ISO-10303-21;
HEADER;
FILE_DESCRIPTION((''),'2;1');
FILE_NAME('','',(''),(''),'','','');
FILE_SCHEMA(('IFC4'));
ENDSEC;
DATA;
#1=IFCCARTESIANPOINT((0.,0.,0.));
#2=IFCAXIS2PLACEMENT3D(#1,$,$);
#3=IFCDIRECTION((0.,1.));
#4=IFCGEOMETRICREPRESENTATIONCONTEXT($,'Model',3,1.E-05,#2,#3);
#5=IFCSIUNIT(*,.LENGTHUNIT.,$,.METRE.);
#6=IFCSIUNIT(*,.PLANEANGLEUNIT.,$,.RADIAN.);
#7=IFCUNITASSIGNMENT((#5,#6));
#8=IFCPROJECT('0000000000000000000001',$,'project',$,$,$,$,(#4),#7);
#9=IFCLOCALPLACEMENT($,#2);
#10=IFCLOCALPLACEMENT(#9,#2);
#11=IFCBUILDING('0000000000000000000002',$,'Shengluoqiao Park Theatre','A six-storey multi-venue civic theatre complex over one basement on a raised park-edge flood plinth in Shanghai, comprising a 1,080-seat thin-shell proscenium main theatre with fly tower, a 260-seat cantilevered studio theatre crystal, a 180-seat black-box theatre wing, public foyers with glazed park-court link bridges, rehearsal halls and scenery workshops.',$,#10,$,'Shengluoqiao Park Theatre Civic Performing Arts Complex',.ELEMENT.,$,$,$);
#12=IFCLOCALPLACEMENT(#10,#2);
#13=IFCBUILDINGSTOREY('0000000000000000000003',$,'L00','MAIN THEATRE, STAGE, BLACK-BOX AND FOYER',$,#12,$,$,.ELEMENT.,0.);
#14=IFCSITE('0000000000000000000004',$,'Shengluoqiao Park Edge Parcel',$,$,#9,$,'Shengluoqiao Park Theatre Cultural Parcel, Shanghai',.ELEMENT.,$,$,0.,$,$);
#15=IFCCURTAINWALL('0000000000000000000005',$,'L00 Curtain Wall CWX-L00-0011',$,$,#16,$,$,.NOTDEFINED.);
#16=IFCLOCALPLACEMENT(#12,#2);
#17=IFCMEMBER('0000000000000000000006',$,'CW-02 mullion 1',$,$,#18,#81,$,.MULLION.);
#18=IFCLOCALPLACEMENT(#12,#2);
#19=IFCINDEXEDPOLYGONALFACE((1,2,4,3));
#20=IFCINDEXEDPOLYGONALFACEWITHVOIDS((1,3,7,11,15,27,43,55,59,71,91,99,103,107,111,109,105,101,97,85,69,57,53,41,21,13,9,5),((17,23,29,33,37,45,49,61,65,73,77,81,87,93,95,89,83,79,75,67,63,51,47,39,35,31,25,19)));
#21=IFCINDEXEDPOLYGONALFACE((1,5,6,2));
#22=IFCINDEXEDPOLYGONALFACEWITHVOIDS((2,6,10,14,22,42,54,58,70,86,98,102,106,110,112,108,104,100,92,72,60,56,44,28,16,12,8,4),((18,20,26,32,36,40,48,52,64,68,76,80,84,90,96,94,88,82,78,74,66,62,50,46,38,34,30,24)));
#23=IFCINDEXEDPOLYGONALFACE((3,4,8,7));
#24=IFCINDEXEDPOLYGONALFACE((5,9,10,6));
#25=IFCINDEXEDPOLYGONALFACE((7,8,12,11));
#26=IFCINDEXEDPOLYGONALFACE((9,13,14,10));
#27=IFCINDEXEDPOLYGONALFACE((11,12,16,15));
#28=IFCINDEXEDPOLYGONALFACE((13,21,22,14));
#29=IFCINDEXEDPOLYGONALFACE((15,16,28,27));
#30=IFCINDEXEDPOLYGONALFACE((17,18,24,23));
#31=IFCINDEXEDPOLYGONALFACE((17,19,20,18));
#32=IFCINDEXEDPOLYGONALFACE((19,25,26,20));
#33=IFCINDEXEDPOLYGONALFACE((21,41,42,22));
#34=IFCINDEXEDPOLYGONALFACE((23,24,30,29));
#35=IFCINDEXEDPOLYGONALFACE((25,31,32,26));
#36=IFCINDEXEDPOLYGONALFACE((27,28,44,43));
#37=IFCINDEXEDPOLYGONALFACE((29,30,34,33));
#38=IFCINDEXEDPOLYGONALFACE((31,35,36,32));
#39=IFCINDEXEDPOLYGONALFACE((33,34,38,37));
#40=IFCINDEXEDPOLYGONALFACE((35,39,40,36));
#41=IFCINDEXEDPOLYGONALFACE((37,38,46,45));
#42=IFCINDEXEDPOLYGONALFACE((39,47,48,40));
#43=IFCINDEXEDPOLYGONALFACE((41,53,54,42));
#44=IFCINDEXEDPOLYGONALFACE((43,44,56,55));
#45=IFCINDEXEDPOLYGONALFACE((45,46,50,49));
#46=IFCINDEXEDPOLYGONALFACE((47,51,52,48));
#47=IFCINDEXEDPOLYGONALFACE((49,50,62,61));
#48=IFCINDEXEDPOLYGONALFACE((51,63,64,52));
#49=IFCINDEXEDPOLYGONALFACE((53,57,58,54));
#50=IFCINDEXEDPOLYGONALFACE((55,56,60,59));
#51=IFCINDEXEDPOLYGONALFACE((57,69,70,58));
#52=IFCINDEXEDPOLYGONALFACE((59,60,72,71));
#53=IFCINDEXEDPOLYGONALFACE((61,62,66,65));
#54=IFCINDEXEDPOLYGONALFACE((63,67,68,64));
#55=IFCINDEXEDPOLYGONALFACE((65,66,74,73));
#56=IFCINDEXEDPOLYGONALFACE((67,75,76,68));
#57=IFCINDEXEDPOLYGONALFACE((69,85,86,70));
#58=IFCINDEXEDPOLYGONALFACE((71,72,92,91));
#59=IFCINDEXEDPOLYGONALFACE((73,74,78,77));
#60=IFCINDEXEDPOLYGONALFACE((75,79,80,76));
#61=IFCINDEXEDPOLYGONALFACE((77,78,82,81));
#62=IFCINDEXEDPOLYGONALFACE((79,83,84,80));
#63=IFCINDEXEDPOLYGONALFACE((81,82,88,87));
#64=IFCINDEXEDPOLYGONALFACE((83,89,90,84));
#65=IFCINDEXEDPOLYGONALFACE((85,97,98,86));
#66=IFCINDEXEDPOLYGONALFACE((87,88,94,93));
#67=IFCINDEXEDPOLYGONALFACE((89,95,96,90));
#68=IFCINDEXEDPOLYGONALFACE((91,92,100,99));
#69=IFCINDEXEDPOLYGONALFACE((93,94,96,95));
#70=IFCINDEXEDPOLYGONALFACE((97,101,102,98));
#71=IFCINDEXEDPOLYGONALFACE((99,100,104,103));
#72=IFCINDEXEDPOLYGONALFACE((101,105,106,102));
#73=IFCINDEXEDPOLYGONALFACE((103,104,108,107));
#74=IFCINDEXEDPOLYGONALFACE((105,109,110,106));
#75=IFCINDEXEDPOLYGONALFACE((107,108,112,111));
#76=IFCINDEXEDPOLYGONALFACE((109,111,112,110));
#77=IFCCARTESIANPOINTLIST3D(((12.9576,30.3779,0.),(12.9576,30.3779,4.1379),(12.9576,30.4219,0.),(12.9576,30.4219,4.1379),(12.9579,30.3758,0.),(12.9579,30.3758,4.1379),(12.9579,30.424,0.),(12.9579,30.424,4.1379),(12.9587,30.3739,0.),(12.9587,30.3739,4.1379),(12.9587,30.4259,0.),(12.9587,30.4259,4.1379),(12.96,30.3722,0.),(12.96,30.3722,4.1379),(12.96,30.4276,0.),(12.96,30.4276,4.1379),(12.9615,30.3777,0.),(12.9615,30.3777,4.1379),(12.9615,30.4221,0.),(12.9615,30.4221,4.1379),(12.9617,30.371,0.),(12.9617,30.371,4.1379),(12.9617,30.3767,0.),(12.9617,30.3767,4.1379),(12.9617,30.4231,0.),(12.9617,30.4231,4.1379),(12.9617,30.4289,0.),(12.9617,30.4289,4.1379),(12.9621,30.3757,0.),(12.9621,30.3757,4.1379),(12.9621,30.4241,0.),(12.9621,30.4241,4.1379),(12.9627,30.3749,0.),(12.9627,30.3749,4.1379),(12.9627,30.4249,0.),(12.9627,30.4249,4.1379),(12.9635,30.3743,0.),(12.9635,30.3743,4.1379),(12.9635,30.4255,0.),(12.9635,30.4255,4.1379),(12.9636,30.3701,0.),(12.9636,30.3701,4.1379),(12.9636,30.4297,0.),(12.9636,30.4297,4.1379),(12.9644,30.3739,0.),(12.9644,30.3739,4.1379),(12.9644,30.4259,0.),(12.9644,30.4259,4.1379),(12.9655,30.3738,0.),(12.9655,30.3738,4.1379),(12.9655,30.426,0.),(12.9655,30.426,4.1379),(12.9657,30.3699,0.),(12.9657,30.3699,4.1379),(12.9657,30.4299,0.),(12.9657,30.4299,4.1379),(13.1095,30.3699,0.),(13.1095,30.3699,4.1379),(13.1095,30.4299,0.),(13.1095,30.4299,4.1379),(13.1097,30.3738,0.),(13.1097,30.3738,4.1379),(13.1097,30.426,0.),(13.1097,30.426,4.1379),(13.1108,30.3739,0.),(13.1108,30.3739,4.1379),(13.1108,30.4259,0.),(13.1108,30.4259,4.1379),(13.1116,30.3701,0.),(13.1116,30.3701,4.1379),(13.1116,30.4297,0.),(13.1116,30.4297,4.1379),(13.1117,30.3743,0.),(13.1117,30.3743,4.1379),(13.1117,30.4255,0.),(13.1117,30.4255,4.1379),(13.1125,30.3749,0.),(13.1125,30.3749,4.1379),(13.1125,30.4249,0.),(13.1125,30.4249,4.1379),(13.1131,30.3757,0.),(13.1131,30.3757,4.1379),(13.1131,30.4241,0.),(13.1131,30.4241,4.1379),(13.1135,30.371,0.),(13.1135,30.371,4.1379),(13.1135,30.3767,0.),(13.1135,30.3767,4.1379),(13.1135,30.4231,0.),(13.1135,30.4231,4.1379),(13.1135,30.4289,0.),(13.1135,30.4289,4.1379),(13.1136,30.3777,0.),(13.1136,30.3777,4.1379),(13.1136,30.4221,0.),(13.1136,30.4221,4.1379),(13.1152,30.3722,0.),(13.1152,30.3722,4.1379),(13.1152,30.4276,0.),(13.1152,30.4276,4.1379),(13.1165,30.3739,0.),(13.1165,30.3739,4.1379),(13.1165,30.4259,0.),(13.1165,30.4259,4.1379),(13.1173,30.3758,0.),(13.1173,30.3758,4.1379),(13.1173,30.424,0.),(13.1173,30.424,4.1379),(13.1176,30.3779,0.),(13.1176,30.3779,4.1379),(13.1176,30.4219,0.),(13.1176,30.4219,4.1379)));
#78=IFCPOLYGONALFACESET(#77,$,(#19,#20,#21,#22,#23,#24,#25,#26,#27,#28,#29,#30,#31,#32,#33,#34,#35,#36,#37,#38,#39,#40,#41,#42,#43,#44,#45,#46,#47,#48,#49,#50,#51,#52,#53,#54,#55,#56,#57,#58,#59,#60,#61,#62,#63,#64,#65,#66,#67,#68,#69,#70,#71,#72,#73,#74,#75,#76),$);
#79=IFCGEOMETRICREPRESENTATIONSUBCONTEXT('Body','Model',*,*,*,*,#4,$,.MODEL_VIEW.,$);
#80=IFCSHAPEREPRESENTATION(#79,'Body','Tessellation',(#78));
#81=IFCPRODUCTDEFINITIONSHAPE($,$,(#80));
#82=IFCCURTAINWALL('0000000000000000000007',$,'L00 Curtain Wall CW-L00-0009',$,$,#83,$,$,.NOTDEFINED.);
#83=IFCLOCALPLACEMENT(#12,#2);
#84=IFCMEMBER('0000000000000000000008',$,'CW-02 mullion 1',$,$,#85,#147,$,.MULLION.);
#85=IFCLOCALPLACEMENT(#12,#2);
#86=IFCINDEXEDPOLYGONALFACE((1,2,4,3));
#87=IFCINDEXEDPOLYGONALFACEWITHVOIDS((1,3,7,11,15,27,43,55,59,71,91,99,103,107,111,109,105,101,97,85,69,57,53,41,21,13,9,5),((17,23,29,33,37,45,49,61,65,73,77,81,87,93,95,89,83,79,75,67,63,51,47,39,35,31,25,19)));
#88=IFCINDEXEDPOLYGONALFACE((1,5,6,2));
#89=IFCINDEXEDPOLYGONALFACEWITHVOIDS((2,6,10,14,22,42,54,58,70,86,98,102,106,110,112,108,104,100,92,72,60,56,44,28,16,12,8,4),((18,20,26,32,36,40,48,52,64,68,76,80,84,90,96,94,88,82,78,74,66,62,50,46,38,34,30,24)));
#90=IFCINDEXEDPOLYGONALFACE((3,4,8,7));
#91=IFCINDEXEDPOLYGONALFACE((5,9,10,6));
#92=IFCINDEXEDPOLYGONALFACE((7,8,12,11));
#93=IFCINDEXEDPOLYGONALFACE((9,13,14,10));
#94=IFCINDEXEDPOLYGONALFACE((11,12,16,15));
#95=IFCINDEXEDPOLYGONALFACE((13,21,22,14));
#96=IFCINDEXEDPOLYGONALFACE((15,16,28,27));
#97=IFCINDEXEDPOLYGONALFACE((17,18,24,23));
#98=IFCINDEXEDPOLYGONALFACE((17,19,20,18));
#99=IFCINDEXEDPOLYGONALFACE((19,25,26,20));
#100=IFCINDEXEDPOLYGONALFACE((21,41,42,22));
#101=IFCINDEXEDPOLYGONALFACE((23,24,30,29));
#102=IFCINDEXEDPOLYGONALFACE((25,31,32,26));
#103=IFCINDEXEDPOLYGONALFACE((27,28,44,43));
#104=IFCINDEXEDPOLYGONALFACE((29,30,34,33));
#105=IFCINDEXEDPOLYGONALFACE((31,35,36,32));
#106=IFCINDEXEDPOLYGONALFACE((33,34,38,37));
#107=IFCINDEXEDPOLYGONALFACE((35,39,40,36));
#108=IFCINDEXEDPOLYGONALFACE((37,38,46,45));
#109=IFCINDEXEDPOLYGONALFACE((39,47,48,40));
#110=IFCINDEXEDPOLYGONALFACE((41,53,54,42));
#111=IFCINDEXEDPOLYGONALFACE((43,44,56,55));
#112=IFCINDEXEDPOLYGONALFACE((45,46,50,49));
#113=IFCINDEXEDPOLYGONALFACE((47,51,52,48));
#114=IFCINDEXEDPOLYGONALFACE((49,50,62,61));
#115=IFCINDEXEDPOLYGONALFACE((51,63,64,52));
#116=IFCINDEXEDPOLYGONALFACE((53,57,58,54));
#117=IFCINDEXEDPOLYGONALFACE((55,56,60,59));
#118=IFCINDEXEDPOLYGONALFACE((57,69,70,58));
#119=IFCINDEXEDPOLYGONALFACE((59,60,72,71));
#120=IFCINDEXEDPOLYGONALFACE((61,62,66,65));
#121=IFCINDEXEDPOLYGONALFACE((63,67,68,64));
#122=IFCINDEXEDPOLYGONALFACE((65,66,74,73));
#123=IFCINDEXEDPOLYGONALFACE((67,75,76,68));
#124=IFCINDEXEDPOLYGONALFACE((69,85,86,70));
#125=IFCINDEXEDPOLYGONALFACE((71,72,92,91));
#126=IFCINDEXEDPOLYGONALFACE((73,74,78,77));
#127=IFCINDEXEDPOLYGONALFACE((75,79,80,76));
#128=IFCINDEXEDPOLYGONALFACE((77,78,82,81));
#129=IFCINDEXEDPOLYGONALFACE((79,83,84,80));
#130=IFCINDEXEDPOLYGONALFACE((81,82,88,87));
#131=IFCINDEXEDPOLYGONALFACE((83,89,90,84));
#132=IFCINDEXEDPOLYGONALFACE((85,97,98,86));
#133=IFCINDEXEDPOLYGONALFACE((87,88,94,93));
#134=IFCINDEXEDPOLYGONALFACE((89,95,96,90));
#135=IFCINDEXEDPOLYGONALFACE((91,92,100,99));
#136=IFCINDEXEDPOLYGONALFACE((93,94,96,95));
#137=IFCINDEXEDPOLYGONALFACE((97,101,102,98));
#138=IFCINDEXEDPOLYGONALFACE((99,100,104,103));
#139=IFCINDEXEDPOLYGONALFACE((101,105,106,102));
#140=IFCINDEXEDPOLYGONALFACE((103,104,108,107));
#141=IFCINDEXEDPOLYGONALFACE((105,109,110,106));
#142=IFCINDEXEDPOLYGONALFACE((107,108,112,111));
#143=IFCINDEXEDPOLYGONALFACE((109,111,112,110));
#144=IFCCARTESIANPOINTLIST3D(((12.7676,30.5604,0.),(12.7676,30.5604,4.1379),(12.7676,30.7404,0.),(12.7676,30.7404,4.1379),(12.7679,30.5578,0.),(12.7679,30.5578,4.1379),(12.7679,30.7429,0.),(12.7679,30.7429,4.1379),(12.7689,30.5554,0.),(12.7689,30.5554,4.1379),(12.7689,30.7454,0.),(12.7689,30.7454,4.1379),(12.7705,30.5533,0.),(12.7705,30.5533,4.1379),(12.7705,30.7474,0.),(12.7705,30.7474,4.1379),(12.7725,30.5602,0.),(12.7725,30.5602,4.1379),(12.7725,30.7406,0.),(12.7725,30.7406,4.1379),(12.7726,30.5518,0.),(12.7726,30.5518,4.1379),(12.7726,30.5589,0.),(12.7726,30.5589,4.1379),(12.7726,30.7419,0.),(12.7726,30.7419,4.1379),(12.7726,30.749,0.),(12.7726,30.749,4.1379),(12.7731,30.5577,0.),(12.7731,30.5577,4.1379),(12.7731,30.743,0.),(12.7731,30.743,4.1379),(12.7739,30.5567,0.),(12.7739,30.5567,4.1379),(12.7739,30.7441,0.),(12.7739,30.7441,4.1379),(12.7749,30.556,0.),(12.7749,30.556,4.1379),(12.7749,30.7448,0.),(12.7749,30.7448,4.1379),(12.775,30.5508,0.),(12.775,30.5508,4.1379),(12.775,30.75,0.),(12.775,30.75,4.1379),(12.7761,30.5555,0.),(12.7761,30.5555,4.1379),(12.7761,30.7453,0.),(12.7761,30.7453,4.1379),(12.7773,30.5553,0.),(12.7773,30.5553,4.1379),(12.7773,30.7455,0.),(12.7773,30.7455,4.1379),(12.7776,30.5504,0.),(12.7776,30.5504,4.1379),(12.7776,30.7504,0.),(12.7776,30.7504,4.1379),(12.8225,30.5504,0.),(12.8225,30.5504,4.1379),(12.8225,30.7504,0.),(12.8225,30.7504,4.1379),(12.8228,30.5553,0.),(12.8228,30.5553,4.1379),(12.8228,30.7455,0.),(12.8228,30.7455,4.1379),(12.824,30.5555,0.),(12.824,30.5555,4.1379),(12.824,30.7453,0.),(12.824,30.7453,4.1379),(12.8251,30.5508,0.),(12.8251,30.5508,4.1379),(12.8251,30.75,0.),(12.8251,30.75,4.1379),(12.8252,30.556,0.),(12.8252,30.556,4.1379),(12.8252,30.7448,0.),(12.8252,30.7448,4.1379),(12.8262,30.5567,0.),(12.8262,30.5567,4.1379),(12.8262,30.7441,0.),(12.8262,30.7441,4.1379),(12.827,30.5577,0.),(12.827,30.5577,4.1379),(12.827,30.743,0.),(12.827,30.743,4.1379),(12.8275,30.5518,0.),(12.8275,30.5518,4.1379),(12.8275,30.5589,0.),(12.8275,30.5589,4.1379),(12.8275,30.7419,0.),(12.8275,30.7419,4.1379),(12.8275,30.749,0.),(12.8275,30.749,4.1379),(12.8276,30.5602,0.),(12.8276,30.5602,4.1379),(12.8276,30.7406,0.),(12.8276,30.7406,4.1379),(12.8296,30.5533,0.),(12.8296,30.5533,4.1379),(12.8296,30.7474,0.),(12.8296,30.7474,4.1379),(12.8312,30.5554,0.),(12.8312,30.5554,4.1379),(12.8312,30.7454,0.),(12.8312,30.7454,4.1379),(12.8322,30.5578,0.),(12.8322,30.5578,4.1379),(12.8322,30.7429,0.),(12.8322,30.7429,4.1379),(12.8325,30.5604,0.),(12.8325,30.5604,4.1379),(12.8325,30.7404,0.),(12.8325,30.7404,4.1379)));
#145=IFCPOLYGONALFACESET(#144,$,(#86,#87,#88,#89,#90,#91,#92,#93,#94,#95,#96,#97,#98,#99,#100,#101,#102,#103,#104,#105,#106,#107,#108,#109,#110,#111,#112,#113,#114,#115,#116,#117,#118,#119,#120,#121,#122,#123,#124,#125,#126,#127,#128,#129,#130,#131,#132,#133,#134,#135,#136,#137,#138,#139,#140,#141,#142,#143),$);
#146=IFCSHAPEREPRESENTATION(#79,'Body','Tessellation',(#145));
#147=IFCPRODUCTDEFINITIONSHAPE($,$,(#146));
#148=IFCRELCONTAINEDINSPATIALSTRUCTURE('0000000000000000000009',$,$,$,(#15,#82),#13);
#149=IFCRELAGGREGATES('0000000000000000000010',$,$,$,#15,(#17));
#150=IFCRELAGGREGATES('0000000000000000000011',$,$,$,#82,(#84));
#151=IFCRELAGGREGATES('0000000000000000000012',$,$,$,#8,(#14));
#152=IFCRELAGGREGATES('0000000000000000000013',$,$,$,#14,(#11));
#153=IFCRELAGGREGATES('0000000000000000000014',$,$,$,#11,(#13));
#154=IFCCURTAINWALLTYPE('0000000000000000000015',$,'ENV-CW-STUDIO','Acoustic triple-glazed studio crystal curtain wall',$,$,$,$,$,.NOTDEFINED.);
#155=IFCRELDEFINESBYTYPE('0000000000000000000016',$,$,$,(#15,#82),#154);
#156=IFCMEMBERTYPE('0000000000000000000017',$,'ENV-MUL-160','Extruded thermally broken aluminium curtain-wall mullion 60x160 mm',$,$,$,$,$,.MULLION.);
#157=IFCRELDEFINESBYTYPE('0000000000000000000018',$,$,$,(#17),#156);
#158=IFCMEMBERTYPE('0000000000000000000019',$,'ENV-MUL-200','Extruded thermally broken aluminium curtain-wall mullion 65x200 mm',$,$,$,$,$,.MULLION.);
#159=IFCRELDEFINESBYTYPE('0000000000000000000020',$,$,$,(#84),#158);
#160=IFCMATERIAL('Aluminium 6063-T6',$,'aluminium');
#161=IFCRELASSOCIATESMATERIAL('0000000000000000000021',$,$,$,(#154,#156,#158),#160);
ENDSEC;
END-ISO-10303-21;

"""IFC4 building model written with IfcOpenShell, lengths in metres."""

from ifc_helpers import new_model, si_unit, direction, frame, origin, origin_2d, place, context, subcontext, project, spatial, hollow_rectangle, extrude, material, material_profile, profile_set, type_object, element, aggregate, save


model = new_model("IFC4")

# Units and contexts
model_context = context("Model", 3, precision=1e-05, world=origin(), true_north=direction((0.0, 1.0)))
body_context = subcontext(model_context, "Body", "Model", "MODEL_VIEW")
ifc_project = project(units=[si_unit("LENGTHUNIT", "METRE"), si_unit("PLANEANGLEUNIT", "RADIAN")], contexts=[model_context])

# Site, building, storey
site_placement = place(None, origin())
site = spatial("IfcSite", under=ifc_project, at=site_placement, Name="Shengluoqiao Park Edge Parcel", LongName="Shengluoqiao Park Theatre Cultural Parcel, Shanghai", CompositionType="ELEMENT", RefElevation=0.0)
building_placement = place(site_placement, origin())
building = spatial("IfcBuilding", under=site, at=building_placement, Name="Shengluoqiao Park Theatre", Description="A six-storey multi-venue civic theatre complex over one basement on a raised park-edge flood plinth in Shanghai, comprising a 1,080-seat thin-shell proscenium main theatre with fly tower, a 260-seat cantilevered studio theatre crystal, a 180-seat black-box theatre wing, public foyers with glazed park-court link bridges, rehearsal halls and scenery workshops.", LongName="Shengluoqiao Park Theatre Civic Performing Arts Complex", CompositionType="ELEMENT")
storey_placement = place(building_placement, origin())
storey = spatial("IfcBuildingStorey", under=building, at=storey_placement, Name="L00", Description="MAIN THEATRE, STAGE, BLACK-BOX AND FOYER", CompositionType="ELEMENT", Elevation=0.0)

# Curtain wall, member
ifc_material_1 = material(Name="Aluminium 6063-T6", Category="aluminium")
curtain_wall_type = type_object("IfcCurtainWallType", Name="ENV-CW-STUDIO", Description="Acoustic triple-glazed studio crystal curtain wall", PredefinedType="NOTDEFINED", material=ifc_material_1)
curtain_wall_1_placement = place(storey_placement, origin())
curtain_wall_1 = element("IfcCurtainWall", 1, at=curtain_wall_1_placement, inside=storey, type_object=curtain_wall_type, Name="L00 Curtain Wall CWX-L00-0011", PredefinedType="NOTDEFINED")
ifc_material_profile_1 = material_profile(ifc_material_1, hollow_rectangle(XDim=0.0601, YDim=0.1599, WallThickness=0.0039, InnerFilletRadius=0.0039, OuterFilletRadius=0.0081, at=origin_2d()), Name="ALU MULLION 160x60x4")
ifc_profile_set_1 = profile_set([ifc_material_profile_1], Name="Aluminium 6063-T6")
member_type_1 = type_object("IfcMemberType", Name="ENV-MUL-160", Description="Extruded thermally broken aluminium curtain-wall mullion 60x160 mm", PredefinedType="MULLION", material=ifc_profile_set_1)
member_1_placement = place(storey_placement, frame((13.0376, 30.3999, 0.0), z_axis=(0.0, 0.0, 1.0), x_axis=(0.0, 1.0, 0.0)))
member_1 = element("IfcMember", 2, at=member_1_placement, type_object=member_type_1, Name="CW-02 mullion 1", PredefinedType="MULLION", context=body_context, shape_type="SweptSolid", body=[
    extrude(hollow_rectangle(XDim=0.0601, YDim=0.1599, WallThickness=0.0039, InnerFilletRadius=0.0039, OuterFilletRadius=0.0081, at=origin_2d()), origin(), (0.0, 0.0, 1.0), 4.1379),
])

# Curtain wall, member
curtain_wall_2_placement = place(storey_placement, origin())
curtain_wall_2 = element("IfcCurtainWall", 3, at=curtain_wall_2_placement, inside=storey, type_object=curtain_wall_type, Name="L00 Curtain Wall CW-L00-0009", PredefinedType="NOTDEFINED")
ifc_material_profile_2 = material_profile(ifc_material_1, hollow_rectangle(XDim=0.0649, YDim=0.2, WallThickness=0.0049, InnerFilletRadius=0.0049, OuterFilletRadius=0.01, at=origin_2d()), Name="ALU MULLION 200x65x5")
ifc_profile_set_2 = profile_set([ifc_material_profile_2], Name="Aluminium 6063-T6")
member_type_2 = type_object("IfcMemberType", Name="ENV-MUL-200", Description="Extruded thermally broken aluminium curtain-wall mullion 65x200 mm", PredefinedType="MULLION", material=ifc_profile_set_2)
member_2_placement = place(storey_placement, frame((12.8, 30.6504, 0.0), z_axis=(0.0, 0.0, 1.0), x_axis=(-1.0, 0.0, 0.0)))
member_2 = element("IfcMember", 4, at=member_2_placement, type_object=member_type_2, Name="CW-02 mullion 1", PredefinedType="MULLION", context=body_context, shape_type="SweptSolid", body=[
    extrude(hollow_rectangle(XDim=0.0649, YDim=0.2, WallThickness=0.0049, InnerFilletRadius=0.0049, OuterFilletRadius=0.01, at=origin_2d()), origin(), (0.0, 0.0, 1.0), 4.1379),
])

aggregate(curtain_wall_1, [member_1])
aggregate(curtain_wall_2, [member_2])

save(model, "model.ifc")
